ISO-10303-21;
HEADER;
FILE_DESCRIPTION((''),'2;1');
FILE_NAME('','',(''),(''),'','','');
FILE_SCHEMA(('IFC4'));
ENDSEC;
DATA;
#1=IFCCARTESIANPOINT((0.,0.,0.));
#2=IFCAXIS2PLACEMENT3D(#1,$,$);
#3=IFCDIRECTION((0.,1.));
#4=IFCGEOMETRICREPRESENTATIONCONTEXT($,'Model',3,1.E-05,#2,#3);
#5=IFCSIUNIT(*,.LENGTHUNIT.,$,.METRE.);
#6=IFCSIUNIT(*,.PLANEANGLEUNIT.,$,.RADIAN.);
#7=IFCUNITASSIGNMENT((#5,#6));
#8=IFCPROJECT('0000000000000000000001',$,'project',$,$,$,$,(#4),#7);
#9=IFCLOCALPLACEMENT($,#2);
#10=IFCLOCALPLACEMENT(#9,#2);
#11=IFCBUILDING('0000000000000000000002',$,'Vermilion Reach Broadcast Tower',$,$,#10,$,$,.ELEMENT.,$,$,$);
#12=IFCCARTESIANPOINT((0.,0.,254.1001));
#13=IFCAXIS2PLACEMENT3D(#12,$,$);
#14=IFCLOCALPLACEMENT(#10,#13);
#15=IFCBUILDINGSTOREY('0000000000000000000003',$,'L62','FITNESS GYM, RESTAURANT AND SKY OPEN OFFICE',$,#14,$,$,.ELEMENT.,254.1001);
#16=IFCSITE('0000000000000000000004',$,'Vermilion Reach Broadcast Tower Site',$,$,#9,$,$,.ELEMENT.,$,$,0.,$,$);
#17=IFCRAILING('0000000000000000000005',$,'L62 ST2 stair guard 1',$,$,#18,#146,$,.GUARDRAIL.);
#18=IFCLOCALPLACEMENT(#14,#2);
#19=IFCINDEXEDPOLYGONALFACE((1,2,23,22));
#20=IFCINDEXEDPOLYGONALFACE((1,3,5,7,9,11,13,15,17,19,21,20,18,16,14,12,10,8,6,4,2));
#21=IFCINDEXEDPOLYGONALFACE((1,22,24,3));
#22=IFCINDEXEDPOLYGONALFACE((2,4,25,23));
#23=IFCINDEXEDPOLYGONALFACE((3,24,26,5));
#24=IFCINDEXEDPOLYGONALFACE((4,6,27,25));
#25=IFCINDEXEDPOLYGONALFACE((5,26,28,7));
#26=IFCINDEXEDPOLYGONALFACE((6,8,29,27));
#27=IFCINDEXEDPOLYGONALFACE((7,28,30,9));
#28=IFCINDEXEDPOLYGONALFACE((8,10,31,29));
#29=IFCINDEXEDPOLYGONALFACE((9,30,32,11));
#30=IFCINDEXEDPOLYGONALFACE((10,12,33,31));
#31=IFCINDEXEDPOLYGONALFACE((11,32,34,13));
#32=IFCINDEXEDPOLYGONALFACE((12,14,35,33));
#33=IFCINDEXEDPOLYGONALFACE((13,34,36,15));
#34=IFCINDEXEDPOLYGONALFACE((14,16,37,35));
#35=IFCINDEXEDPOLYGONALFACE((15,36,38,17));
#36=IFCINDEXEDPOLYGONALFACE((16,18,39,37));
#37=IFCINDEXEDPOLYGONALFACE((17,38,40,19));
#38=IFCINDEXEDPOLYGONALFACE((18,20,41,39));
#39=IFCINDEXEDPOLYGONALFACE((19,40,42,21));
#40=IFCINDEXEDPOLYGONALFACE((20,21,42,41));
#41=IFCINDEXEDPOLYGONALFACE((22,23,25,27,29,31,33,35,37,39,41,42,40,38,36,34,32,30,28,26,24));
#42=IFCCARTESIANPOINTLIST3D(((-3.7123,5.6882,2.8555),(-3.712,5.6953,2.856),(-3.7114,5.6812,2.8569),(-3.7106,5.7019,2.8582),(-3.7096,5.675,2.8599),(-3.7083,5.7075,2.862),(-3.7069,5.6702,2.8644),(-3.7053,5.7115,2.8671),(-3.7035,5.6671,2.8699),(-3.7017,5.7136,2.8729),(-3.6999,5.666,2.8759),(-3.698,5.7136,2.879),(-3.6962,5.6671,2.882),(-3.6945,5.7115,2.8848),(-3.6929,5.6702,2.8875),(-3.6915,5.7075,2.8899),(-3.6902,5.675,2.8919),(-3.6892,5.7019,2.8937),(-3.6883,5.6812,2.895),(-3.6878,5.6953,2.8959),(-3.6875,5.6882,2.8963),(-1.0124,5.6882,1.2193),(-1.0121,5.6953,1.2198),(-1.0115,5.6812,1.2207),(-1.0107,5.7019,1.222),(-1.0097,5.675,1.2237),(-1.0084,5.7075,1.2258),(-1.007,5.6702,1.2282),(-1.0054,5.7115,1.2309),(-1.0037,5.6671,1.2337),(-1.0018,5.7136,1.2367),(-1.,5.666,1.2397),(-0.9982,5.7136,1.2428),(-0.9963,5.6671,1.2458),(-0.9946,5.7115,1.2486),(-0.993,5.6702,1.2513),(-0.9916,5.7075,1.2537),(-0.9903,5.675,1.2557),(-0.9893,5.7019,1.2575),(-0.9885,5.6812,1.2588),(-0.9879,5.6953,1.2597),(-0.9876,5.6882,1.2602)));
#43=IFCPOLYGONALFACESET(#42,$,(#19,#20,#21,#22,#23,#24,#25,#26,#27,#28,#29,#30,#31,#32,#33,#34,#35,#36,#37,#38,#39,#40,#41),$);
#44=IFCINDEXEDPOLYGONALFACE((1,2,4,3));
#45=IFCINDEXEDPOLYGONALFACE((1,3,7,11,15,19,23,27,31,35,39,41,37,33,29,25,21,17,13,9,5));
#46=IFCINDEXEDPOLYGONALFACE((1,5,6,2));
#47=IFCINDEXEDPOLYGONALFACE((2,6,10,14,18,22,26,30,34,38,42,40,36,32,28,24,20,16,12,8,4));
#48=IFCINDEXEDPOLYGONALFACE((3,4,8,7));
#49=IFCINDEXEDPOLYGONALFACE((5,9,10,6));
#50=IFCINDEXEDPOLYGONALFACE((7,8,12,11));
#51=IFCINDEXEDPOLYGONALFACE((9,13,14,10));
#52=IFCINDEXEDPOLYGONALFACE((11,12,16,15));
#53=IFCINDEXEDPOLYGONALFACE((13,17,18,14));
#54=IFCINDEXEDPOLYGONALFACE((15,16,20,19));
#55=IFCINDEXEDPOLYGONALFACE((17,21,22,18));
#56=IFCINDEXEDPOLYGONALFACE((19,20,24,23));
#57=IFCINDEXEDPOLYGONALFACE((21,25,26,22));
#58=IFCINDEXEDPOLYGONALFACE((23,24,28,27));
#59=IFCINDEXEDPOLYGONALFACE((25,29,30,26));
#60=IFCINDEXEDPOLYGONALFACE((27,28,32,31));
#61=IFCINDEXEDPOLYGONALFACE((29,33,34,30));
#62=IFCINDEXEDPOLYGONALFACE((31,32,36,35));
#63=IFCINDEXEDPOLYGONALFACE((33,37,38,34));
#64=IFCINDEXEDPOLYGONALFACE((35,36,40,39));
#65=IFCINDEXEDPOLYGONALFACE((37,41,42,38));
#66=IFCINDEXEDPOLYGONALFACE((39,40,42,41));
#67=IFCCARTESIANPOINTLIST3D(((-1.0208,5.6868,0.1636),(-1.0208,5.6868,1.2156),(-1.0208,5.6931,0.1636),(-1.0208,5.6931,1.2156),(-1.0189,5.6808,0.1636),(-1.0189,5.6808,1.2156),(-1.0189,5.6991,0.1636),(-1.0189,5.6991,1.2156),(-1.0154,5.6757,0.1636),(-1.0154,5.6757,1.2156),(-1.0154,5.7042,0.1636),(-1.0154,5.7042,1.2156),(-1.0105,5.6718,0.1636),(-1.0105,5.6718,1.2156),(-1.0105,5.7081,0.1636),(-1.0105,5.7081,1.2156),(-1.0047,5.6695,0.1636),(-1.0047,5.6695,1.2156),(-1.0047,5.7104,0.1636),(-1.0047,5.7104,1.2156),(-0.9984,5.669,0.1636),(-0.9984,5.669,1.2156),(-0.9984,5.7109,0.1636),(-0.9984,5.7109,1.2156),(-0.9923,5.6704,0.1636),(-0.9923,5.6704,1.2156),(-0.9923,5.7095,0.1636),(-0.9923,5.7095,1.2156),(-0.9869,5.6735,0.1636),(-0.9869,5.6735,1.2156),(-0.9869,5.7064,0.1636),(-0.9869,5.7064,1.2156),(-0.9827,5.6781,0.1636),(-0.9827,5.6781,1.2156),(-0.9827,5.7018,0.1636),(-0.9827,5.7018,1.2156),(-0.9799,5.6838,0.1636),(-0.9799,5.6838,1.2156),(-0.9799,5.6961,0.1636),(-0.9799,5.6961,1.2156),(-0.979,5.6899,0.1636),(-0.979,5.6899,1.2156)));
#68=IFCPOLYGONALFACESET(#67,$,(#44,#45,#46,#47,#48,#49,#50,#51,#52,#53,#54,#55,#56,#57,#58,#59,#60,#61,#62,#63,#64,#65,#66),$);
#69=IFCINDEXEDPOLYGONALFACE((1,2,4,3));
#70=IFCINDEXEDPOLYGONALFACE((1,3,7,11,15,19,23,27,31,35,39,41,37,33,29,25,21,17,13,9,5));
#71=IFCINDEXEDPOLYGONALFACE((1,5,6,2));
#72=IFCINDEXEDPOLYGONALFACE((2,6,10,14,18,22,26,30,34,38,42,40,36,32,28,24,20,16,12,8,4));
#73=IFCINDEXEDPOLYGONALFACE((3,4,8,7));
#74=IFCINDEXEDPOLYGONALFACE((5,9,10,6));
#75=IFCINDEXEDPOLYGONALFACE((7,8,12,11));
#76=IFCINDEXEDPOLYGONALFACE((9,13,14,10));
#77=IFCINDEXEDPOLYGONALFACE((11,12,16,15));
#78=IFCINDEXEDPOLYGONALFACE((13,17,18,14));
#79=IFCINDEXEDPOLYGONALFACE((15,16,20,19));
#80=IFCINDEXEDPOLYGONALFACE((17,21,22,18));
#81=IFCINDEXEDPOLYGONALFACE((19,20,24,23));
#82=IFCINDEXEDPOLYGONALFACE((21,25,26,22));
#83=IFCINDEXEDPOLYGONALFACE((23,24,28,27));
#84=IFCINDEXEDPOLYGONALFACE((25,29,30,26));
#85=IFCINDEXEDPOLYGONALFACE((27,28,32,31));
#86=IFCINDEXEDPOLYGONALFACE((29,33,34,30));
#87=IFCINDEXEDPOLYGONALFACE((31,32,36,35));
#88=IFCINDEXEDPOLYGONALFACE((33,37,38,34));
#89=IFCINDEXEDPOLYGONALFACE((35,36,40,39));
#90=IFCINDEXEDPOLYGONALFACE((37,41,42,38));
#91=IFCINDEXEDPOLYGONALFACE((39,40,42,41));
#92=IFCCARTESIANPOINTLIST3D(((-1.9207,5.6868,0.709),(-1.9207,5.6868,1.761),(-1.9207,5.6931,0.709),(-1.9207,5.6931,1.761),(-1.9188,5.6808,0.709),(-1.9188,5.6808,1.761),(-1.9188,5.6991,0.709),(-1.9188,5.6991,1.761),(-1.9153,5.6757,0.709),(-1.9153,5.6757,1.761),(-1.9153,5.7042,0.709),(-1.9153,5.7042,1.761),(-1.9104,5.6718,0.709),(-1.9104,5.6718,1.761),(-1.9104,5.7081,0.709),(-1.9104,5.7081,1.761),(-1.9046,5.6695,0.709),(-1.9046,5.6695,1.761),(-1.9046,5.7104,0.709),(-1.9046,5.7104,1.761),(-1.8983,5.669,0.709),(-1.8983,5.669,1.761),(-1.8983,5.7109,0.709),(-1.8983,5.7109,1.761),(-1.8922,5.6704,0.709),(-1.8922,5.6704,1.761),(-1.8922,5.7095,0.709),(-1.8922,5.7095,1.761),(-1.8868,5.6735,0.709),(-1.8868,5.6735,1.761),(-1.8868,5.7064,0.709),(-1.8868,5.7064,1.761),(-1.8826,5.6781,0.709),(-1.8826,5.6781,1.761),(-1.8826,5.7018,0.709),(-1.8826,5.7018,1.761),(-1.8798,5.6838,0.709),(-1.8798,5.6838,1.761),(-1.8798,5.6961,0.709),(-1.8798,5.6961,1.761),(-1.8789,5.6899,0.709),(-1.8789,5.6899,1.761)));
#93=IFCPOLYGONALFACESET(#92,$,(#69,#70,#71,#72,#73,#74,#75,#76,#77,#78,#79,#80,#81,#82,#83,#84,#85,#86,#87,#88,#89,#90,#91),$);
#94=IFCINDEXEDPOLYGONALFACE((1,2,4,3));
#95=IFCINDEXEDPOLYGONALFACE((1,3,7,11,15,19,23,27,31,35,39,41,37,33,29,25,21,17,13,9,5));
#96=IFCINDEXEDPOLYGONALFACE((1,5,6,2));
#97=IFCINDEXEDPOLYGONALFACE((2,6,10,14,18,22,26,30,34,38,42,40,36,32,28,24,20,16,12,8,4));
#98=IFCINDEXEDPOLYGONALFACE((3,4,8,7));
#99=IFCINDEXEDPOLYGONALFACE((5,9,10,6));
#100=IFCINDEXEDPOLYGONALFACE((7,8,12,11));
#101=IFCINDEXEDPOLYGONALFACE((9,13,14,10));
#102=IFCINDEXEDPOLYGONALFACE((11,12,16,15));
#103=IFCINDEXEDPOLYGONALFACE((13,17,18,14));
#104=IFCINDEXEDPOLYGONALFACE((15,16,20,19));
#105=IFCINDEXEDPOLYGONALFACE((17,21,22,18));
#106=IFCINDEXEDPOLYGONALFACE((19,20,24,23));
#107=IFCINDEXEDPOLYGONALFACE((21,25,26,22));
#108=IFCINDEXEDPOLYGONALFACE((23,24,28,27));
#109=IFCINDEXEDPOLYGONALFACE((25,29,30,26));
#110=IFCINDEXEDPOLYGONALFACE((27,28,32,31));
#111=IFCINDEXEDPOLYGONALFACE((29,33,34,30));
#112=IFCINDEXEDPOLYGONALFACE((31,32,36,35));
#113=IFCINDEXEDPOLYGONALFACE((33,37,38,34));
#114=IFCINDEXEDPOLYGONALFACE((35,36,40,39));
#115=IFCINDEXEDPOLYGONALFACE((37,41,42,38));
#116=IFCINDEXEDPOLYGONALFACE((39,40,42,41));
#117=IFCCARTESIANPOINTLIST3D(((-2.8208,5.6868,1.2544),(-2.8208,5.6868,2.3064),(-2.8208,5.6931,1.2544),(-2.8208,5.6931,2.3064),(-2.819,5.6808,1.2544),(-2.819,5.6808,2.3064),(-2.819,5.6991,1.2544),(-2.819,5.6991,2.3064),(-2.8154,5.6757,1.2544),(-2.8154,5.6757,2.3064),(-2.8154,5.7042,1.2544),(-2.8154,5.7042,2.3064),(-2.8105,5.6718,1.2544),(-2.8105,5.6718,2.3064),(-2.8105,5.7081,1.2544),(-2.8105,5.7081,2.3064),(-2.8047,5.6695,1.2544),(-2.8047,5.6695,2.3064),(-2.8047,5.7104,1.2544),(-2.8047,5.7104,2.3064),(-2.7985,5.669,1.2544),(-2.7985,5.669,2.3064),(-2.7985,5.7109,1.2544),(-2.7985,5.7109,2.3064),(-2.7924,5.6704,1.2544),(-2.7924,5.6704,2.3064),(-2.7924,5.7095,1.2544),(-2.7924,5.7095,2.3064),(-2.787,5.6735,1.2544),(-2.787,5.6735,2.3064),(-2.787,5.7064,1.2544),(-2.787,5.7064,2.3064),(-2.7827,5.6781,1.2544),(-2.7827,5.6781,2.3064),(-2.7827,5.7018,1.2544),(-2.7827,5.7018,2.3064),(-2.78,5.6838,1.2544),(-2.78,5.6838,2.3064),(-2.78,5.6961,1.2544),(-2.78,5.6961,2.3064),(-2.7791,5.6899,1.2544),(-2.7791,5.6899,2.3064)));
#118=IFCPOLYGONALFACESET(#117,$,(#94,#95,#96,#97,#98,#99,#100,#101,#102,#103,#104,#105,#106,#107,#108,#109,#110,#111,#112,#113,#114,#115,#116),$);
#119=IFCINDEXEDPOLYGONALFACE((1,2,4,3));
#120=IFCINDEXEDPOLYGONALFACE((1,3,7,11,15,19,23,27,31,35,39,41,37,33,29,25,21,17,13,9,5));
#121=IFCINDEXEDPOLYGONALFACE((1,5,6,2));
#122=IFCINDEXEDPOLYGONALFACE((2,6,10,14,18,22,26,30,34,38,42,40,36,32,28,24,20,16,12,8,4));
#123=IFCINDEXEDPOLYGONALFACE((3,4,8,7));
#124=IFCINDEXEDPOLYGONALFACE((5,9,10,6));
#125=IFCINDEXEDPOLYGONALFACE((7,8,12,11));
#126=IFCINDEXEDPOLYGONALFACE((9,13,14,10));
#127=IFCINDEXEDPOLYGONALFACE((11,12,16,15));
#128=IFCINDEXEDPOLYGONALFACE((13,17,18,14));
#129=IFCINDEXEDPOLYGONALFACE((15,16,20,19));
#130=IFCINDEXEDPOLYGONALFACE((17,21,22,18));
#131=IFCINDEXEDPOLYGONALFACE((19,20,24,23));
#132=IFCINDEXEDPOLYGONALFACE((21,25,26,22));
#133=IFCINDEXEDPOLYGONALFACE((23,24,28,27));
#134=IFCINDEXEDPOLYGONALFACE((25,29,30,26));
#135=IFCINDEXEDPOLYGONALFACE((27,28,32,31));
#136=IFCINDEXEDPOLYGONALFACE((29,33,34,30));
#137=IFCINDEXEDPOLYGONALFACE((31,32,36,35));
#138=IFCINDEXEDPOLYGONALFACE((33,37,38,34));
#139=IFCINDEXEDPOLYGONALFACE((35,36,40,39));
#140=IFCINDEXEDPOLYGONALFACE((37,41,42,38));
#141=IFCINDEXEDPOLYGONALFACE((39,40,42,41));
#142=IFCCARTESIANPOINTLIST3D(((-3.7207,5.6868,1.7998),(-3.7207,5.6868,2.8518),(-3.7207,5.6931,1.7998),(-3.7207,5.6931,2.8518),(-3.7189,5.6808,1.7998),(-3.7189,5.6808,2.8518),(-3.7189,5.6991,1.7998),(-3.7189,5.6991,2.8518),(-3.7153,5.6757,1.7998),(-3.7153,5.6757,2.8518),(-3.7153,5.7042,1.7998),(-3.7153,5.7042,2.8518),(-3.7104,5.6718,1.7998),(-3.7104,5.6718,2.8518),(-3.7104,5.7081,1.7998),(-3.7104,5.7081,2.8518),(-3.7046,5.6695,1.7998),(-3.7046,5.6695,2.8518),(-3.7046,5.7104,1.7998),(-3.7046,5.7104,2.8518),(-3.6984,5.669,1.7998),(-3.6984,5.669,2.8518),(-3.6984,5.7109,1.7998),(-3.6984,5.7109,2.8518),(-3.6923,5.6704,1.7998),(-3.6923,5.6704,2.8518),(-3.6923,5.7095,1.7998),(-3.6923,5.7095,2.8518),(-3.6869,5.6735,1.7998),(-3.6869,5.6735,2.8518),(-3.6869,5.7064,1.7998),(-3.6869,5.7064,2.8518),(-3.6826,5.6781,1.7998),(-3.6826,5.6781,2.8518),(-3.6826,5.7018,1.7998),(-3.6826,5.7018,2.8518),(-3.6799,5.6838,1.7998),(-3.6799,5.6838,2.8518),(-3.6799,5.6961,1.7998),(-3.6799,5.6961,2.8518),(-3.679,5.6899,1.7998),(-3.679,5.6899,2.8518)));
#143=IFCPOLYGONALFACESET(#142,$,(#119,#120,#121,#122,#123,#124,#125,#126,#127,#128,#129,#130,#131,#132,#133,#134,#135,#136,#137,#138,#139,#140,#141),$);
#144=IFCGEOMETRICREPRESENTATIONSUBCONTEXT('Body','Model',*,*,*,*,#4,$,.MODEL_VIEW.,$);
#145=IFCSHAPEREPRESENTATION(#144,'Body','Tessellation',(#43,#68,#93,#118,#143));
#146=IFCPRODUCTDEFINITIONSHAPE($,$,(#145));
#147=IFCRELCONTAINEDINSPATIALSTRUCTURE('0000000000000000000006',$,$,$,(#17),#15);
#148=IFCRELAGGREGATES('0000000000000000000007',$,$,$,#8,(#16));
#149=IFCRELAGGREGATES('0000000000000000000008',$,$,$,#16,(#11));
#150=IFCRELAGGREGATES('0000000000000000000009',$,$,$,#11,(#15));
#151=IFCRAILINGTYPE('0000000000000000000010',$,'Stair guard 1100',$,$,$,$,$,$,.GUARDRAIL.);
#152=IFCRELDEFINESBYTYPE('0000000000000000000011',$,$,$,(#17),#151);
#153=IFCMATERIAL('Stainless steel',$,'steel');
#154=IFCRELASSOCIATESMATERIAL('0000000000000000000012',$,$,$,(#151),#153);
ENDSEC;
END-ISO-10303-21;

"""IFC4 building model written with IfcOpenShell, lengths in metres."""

from ifc_helpers import new_model, si_unit, direction, frame, origin, origin_2d, place, context, subcontext, project, spatial, circle, extrude, material, type_object, element, save


model = new_model("IFC4")

# Units and contexts
model_context = context("Model", 3, precision=1e-05, world=origin(), true_north=direction((0.0, 1.0)))
body_context = subcontext(model_context, "Body", "Model", "MODEL_VIEW")
ifc_project = project(units=[si_unit("LENGTHUNIT", "METRE"), si_unit("PLANEANGLEUNIT", "RADIAN")], contexts=[model_context])

# Site, building, storey
site_placement = place(None, origin())
site = spatial("IfcSite", under=ifc_project, at=site_placement, Name="Vermilion Reach Broadcast Tower Site", CompositionType="ELEMENT", RefElevation=0.0)
building_placement = place(site_placement, origin())
building = spatial("IfcBuilding", under=site, at=building_placement, Name="Vermilion Reach Broadcast Tower", CompositionType="ELEMENT")
storey_placement = place(building_placement, frame((0.0, 0.0, 254.1001)))
storey = spatial("IfcBuildingStorey", under=building, at=storey_placement, Name="L62", Description="FITNESS GYM, RESTAURANT AND SKY OPEN OFFICE", CompositionType="ELEMENT", Elevation=254.1001)

# Railing
ifc_material_1 = material(Name="Stainless steel", Category="steel")
railing_type_1 = type_object("IfcRailingType", Name="Stair guard 1100", PredefinedType="GUARDRAIL", material=ifc_material_1)
railing_1_placement = place(storey_placement, frame((-1.0, 5.6899, 0.1636)))
element("IfcRailing", 1, at=railing_1_placement, inside=storey, type_object=railing_type_1, Name="L62 ST2 stair guard 1", PredefinedType="GUARDRAIL", context=body_context, shape_type="SweptSolid", body=[
    extrude(circle(Radius=0.0239, at=origin_2d()), frame((0.0, 0.0, 1.0762), z_axis=(-0.855212, 0.0, 0.518278), x_axis=(0.0, -1.0, 0.0)), (0.0, 0.0, 1.0), 3.157),
    extrude(circle(Radius=0.021, at=origin_2d()), origin(), (0.0, 0.0, 1.0), 1.052),
    extrude(circle(Radius=0.021, at=origin_2d()), frame((-0.8999, 0.0, 0.5454)), (0.0, 0.0, 1.0), 1.052),
    extrude(circle(Radius=0.021, at=origin_2d()), frame((-1.8, 0.0, 1.0908)), (0.0, 0.0, 1.0), 1.052),
    extrude(circle(Radius=0.021, at=origin_2d()), frame((-2.7, 0.0, 1.6362)), (0.0, 0.0, 1.0), 1.052),
])

save(model, "model.ifc")
